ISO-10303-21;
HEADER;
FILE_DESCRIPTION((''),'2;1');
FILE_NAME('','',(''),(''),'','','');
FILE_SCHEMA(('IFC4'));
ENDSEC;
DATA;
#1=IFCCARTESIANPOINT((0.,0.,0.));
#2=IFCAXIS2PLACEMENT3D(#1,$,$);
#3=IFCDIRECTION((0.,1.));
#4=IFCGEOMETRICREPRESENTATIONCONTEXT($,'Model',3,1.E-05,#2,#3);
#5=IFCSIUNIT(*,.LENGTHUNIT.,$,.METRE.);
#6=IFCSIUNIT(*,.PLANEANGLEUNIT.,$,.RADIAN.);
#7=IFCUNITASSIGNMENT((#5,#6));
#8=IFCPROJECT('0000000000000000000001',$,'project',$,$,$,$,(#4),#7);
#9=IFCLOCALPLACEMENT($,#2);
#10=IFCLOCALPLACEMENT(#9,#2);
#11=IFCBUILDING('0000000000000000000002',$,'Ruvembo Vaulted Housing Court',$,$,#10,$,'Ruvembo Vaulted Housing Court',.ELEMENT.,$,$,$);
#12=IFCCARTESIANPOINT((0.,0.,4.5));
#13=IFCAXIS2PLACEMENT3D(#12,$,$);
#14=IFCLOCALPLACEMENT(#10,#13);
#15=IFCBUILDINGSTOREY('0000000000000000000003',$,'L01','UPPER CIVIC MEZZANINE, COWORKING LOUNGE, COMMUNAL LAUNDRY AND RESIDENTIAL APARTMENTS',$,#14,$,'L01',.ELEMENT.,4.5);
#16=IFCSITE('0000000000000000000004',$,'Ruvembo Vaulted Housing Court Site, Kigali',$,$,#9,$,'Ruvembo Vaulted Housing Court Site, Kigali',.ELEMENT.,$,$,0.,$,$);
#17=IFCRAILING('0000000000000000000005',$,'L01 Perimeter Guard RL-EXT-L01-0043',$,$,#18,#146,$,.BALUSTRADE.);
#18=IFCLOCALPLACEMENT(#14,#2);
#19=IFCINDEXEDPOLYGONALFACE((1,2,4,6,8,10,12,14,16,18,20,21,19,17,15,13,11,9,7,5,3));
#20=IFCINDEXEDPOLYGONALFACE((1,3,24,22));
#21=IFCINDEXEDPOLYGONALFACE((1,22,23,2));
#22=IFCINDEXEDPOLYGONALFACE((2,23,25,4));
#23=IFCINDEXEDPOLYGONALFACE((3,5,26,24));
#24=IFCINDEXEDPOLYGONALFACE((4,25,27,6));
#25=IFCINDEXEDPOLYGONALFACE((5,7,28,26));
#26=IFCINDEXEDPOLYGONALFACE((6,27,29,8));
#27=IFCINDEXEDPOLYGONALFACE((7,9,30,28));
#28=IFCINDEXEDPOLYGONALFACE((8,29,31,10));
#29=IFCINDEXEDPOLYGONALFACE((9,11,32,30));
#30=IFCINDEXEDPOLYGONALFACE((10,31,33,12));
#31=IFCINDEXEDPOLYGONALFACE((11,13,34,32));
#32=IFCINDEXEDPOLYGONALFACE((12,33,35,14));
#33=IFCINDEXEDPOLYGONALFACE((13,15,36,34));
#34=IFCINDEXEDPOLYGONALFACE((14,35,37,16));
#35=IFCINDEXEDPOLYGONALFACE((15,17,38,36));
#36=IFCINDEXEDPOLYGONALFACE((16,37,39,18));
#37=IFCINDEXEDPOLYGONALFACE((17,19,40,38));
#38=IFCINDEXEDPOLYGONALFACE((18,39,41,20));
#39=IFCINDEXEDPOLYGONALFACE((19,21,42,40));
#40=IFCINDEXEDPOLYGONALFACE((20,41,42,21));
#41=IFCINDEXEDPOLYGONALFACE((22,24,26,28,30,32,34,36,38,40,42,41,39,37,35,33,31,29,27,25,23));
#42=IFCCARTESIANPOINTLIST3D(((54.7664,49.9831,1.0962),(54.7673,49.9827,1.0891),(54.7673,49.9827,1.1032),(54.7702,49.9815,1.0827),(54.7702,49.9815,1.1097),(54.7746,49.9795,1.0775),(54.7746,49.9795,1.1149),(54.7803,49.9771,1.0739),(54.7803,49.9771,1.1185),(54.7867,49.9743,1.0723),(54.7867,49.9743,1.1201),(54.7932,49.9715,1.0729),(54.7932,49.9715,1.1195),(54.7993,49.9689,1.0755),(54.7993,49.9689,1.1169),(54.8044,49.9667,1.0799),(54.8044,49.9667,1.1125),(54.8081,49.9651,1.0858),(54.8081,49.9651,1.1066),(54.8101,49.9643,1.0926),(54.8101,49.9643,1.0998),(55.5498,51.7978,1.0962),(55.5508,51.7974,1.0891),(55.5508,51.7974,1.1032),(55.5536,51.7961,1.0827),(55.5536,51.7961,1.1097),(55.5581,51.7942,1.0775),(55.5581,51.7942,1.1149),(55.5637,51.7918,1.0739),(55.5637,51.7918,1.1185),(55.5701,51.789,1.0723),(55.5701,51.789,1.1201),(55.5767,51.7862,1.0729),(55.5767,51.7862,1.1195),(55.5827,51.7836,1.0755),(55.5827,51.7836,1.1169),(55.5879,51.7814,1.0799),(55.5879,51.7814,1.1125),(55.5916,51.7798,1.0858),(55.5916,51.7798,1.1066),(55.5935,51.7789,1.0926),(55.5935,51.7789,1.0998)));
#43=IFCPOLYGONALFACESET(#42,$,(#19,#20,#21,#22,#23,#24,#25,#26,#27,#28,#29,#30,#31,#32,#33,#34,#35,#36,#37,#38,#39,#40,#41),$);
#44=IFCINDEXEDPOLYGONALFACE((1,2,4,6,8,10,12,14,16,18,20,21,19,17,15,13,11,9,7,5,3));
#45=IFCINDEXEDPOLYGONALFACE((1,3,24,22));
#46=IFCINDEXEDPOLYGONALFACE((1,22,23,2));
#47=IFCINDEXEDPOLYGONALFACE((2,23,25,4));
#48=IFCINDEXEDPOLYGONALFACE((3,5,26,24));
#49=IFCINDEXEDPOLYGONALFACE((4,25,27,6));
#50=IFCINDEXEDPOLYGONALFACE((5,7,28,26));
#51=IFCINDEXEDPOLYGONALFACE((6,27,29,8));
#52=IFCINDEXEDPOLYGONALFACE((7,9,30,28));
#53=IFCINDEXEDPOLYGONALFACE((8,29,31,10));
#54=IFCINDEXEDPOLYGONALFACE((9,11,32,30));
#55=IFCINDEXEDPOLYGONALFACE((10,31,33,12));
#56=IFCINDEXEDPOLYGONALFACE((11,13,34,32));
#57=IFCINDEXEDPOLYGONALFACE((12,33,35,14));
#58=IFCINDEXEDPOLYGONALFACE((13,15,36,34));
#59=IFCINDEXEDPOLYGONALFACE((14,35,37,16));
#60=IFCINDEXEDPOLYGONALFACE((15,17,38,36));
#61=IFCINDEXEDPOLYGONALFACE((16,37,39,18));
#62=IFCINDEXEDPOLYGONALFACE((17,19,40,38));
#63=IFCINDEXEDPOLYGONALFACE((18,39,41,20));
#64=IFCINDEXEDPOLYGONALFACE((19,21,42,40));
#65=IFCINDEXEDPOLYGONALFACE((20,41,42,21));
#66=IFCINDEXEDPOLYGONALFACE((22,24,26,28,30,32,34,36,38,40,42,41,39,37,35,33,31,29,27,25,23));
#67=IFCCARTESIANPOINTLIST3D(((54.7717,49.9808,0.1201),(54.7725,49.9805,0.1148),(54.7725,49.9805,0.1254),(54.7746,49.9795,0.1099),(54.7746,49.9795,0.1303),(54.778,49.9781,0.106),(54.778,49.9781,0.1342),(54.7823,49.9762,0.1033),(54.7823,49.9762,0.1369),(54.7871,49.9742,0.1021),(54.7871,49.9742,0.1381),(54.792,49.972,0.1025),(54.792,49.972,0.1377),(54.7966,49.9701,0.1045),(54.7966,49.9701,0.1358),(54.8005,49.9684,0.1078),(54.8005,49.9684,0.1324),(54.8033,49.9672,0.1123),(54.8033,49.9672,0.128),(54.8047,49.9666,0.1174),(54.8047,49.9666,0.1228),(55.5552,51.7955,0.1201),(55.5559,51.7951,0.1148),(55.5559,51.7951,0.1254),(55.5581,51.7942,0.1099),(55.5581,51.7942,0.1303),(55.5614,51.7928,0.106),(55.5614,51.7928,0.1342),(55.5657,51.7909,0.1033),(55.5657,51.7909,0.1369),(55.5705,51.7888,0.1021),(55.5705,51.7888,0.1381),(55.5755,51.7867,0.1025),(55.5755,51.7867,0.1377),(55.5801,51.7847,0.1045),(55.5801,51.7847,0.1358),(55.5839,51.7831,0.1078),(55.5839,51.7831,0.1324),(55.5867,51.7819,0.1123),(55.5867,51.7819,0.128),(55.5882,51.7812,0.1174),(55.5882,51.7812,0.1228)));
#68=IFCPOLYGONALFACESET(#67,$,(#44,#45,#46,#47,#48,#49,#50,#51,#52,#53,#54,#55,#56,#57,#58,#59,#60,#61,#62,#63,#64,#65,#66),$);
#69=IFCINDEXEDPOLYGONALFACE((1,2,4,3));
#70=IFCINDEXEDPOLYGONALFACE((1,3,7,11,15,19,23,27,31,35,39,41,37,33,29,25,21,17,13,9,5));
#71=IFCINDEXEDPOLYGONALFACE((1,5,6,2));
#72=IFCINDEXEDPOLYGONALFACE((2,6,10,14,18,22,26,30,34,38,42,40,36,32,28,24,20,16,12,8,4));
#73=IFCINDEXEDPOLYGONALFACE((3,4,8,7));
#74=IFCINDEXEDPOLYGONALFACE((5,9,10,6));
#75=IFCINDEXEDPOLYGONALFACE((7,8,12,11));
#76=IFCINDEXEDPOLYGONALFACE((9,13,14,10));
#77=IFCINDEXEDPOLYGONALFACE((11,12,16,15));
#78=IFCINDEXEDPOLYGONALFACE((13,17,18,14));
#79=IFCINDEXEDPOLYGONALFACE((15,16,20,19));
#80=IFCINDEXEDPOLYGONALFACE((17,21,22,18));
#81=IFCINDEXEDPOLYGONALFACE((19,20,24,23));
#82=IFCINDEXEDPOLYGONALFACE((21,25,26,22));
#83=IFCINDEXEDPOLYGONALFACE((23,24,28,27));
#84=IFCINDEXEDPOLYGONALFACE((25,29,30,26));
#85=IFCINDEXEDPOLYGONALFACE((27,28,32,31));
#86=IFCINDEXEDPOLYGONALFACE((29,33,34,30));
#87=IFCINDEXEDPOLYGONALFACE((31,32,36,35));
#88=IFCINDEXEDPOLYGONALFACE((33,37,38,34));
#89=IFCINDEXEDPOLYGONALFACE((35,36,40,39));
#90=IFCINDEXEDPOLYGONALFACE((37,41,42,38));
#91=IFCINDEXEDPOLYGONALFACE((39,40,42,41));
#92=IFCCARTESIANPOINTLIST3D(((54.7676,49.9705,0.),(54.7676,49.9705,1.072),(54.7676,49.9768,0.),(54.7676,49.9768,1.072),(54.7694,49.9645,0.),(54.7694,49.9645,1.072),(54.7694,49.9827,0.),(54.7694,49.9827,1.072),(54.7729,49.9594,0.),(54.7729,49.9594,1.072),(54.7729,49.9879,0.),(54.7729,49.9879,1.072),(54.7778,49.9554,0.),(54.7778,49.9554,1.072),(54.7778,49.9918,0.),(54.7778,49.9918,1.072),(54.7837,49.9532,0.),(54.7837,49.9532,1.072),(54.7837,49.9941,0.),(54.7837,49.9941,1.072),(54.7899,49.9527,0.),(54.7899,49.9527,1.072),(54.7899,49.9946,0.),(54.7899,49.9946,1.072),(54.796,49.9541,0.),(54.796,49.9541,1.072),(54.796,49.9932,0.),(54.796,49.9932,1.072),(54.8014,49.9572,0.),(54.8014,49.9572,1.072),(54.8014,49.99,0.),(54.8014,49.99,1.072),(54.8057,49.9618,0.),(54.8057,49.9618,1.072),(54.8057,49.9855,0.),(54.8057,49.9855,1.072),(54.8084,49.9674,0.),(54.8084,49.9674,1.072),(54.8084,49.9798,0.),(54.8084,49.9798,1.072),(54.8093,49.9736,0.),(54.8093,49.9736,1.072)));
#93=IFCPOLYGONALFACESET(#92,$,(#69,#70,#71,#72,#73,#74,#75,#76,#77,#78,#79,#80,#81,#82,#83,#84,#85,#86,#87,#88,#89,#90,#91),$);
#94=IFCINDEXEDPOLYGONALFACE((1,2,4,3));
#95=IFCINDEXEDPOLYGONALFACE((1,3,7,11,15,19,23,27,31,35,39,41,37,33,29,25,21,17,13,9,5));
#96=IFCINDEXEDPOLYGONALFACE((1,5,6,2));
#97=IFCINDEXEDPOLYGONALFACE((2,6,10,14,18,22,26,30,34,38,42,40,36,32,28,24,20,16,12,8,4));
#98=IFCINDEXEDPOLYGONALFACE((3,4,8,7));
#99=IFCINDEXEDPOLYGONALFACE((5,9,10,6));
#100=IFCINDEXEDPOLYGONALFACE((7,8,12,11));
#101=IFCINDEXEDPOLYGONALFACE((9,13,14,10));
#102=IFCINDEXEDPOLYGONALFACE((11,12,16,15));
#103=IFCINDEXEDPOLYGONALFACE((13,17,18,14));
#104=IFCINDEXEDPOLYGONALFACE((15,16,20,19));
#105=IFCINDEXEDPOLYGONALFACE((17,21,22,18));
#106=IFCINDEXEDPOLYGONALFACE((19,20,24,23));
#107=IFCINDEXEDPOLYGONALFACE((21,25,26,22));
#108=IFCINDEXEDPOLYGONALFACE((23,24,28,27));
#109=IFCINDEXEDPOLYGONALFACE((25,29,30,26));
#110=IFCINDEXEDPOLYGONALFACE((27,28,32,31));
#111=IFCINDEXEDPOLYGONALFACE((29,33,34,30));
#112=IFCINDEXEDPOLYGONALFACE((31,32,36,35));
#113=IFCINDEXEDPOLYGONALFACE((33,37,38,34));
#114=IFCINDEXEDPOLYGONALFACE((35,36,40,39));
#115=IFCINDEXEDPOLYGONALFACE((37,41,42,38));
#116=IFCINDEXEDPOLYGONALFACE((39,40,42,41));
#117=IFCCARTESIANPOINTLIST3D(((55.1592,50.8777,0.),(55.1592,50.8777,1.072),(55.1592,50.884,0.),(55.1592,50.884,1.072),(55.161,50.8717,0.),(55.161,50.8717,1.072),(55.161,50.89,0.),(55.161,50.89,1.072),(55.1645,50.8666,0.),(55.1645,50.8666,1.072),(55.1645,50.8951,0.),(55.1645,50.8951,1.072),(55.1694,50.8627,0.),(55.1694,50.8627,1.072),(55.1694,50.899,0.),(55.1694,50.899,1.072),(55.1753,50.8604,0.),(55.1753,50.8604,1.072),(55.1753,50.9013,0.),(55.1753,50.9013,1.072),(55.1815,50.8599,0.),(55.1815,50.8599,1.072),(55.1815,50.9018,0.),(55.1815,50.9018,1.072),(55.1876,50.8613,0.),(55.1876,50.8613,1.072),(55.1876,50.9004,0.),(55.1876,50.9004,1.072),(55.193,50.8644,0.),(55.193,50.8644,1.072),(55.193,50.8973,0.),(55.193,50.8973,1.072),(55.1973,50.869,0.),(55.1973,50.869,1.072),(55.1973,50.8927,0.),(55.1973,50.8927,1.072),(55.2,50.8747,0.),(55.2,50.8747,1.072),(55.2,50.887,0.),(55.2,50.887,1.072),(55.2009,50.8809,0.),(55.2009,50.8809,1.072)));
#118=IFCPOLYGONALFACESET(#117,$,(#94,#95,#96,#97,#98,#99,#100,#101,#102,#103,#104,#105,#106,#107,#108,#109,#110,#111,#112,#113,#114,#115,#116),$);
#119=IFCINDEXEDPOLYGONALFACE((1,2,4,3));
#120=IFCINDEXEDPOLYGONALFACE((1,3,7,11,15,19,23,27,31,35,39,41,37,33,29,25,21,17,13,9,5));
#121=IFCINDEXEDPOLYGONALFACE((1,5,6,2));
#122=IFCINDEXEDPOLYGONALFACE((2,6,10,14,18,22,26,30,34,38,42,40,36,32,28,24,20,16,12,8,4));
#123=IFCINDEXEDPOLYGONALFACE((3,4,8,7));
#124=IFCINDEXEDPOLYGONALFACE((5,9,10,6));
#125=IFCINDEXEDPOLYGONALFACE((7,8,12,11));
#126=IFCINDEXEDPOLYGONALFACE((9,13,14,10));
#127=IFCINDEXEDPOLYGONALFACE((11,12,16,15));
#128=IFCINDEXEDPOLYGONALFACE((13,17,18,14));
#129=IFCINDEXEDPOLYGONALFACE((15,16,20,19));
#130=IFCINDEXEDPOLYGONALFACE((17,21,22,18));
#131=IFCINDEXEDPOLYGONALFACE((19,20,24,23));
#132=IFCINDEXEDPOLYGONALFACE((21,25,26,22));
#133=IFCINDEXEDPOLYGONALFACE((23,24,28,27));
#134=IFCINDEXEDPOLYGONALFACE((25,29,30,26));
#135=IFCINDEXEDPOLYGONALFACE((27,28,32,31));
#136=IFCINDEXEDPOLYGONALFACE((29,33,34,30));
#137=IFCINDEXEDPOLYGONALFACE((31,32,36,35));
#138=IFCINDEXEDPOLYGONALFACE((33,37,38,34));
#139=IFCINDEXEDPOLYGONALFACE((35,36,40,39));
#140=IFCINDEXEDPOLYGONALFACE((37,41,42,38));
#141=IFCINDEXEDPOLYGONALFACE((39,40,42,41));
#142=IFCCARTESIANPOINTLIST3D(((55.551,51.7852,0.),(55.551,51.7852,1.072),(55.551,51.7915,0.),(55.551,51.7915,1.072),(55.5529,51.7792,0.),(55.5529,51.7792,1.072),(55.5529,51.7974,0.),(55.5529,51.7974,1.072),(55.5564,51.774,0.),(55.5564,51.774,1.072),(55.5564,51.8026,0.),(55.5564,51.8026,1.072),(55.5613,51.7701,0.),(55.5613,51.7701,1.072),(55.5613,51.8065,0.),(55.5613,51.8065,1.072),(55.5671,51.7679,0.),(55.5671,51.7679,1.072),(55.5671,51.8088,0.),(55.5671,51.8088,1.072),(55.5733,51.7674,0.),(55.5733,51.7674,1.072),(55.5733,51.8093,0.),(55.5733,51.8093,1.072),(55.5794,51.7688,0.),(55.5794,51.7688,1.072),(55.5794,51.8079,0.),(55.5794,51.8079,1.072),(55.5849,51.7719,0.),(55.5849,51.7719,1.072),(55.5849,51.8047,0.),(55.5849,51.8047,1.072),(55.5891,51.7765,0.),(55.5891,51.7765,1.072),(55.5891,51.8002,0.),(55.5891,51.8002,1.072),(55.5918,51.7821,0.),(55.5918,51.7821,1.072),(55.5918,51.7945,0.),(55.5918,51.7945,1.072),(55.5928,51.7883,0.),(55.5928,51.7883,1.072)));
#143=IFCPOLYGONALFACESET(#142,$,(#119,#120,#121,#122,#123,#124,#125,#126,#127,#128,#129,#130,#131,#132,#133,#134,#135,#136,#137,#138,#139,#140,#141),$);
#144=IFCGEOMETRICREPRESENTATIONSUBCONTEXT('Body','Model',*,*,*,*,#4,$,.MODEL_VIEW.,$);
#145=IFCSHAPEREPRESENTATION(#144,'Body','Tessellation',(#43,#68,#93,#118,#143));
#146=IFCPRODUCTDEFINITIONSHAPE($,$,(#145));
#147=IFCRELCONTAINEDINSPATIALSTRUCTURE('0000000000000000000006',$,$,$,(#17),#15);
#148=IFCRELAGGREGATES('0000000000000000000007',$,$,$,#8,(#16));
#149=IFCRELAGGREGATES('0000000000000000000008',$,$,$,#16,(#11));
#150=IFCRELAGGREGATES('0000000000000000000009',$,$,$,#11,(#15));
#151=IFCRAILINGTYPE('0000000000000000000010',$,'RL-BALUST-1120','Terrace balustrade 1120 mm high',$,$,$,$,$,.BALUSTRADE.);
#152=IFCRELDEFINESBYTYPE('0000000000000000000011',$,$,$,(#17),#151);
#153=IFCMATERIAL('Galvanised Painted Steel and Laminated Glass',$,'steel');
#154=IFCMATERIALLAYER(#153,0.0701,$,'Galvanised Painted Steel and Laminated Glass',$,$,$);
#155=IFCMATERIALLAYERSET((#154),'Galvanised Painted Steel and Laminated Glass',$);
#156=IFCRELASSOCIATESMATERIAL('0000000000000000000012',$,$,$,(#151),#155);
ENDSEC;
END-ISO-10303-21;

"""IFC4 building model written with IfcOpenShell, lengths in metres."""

from ifc_helpers import new_model, si_unit, direction, frame, origin, origin_2d, place, context, subcontext, project, spatial, circle, extrude, material, layer, layer_set, type_object, element, save


model = new_model("IFC4")

# Units and contexts
model_context = context("Model", 3, precision=1e-05, world=origin(), true_north=direction((0.0, 1.0)))
body_context = subcontext(model_context, "Body", "Model", "MODEL_VIEW")
ifc_project = project(units=[si_unit("LENGTHUNIT", "METRE"), si_unit("PLANEANGLEUNIT", "RADIAN")], contexts=[model_context])

# Site, building, storey
site_placement = place(None, origin())
site = spatial("IfcSite", under=ifc_project, at=site_placement, Name="Ruvembo Vaulted Housing Court Site, Kigali", LongName="Ruvembo Vaulted Housing Court Site, Kigali", CompositionType="ELEMENT", RefElevation=0.0)
building_placement = place(site_placement, origin())
building = spatial("IfcBuilding", under=site, at=building_placement, Name="Ruvembo Vaulted Housing Court", LongName="Ruvembo Vaulted Housing Court", CompositionType="ELEMENT")
storey_placement = place(building_placement, frame((0.0, 0.0, 4.5)))
storey = spatial("IfcBuildingStorey", under=building, at=storey_placement, Name="L01", Description="UPPER CIVIC MEZZANINE, COWORKING LOUNGE, COMMUNAL LAUNDRY AND RESIDENTIAL APARTMENTS", LongName="L01", CompositionType="ELEMENT", Elevation=4.5)

# Railing
ifc_material_1 = material(Name="Galvanised Painted Steel and Laminated Glass", Category="steel")
ifc_layer_1 = layer(ifc_material_1, 0.0701, Name="Galvanised Painted Steel and Laminated Glass")
ifc_layer_set_1 = layer_set([ifc_layer_1], Name="Galvanised Painted Steel and Laminated Glass")
railing_type = type_object("IfcRailingType", Name="RL-BALUST-1120", Description="Terrace balustrade 1120 mm high", PredefinedType="BALUSTRADE", material=ifc_layer_set_1)
railing_1_placement = place(storey_placement, frame((54.7883, 49.9736, 0.0)))
element("IfcRailing", 1, at=railing_1_placement, inside=storey, type_object=railing_type, Name="L01 Perimeter Guard RL-EXT-L01-0043", PredefinedType="BALUSTRADE", context=body_context, shape_type="SweptSolid", body=[
    extrude(circle(Radius=0.0239, at=origin_2d()), frame((0.0, 0.0, 1.0962), z_axis=(0.396363, 0.918094, 0.0), x_axis=(-0.918094, 0.396363, 0.0)), (0.0, 0.0, 1.0), 1.9766),
    extrude(circle(Radius=0.0181, at=origin_2d()), frame((0.0, 0.0, 0.1201), z_axis=(0.396363, 0.918094, 0.0), x_axis=(-0.918094, 0.396363, 0.0)), (0.0, 0.0, 1.0), 1.9766),
    extrude(circle(Radius=0.021, at=origin_2d()), origin(), (0.0, 0.0, 1.0), 1.072),
    extrude(circle(Radius=0.021, at=origin_2d()), frame((0.3916, 0.9072, 0.0)), (0.0, 0.0, 1.0), 1.072),
    extrude(circle(Radius=0.021, at=origin_2d()), frame((0.7834, 1.8147, 0.0)), (0.0, 0.0, 1.0), 1.072),
])

save(model, "model.ifc")
